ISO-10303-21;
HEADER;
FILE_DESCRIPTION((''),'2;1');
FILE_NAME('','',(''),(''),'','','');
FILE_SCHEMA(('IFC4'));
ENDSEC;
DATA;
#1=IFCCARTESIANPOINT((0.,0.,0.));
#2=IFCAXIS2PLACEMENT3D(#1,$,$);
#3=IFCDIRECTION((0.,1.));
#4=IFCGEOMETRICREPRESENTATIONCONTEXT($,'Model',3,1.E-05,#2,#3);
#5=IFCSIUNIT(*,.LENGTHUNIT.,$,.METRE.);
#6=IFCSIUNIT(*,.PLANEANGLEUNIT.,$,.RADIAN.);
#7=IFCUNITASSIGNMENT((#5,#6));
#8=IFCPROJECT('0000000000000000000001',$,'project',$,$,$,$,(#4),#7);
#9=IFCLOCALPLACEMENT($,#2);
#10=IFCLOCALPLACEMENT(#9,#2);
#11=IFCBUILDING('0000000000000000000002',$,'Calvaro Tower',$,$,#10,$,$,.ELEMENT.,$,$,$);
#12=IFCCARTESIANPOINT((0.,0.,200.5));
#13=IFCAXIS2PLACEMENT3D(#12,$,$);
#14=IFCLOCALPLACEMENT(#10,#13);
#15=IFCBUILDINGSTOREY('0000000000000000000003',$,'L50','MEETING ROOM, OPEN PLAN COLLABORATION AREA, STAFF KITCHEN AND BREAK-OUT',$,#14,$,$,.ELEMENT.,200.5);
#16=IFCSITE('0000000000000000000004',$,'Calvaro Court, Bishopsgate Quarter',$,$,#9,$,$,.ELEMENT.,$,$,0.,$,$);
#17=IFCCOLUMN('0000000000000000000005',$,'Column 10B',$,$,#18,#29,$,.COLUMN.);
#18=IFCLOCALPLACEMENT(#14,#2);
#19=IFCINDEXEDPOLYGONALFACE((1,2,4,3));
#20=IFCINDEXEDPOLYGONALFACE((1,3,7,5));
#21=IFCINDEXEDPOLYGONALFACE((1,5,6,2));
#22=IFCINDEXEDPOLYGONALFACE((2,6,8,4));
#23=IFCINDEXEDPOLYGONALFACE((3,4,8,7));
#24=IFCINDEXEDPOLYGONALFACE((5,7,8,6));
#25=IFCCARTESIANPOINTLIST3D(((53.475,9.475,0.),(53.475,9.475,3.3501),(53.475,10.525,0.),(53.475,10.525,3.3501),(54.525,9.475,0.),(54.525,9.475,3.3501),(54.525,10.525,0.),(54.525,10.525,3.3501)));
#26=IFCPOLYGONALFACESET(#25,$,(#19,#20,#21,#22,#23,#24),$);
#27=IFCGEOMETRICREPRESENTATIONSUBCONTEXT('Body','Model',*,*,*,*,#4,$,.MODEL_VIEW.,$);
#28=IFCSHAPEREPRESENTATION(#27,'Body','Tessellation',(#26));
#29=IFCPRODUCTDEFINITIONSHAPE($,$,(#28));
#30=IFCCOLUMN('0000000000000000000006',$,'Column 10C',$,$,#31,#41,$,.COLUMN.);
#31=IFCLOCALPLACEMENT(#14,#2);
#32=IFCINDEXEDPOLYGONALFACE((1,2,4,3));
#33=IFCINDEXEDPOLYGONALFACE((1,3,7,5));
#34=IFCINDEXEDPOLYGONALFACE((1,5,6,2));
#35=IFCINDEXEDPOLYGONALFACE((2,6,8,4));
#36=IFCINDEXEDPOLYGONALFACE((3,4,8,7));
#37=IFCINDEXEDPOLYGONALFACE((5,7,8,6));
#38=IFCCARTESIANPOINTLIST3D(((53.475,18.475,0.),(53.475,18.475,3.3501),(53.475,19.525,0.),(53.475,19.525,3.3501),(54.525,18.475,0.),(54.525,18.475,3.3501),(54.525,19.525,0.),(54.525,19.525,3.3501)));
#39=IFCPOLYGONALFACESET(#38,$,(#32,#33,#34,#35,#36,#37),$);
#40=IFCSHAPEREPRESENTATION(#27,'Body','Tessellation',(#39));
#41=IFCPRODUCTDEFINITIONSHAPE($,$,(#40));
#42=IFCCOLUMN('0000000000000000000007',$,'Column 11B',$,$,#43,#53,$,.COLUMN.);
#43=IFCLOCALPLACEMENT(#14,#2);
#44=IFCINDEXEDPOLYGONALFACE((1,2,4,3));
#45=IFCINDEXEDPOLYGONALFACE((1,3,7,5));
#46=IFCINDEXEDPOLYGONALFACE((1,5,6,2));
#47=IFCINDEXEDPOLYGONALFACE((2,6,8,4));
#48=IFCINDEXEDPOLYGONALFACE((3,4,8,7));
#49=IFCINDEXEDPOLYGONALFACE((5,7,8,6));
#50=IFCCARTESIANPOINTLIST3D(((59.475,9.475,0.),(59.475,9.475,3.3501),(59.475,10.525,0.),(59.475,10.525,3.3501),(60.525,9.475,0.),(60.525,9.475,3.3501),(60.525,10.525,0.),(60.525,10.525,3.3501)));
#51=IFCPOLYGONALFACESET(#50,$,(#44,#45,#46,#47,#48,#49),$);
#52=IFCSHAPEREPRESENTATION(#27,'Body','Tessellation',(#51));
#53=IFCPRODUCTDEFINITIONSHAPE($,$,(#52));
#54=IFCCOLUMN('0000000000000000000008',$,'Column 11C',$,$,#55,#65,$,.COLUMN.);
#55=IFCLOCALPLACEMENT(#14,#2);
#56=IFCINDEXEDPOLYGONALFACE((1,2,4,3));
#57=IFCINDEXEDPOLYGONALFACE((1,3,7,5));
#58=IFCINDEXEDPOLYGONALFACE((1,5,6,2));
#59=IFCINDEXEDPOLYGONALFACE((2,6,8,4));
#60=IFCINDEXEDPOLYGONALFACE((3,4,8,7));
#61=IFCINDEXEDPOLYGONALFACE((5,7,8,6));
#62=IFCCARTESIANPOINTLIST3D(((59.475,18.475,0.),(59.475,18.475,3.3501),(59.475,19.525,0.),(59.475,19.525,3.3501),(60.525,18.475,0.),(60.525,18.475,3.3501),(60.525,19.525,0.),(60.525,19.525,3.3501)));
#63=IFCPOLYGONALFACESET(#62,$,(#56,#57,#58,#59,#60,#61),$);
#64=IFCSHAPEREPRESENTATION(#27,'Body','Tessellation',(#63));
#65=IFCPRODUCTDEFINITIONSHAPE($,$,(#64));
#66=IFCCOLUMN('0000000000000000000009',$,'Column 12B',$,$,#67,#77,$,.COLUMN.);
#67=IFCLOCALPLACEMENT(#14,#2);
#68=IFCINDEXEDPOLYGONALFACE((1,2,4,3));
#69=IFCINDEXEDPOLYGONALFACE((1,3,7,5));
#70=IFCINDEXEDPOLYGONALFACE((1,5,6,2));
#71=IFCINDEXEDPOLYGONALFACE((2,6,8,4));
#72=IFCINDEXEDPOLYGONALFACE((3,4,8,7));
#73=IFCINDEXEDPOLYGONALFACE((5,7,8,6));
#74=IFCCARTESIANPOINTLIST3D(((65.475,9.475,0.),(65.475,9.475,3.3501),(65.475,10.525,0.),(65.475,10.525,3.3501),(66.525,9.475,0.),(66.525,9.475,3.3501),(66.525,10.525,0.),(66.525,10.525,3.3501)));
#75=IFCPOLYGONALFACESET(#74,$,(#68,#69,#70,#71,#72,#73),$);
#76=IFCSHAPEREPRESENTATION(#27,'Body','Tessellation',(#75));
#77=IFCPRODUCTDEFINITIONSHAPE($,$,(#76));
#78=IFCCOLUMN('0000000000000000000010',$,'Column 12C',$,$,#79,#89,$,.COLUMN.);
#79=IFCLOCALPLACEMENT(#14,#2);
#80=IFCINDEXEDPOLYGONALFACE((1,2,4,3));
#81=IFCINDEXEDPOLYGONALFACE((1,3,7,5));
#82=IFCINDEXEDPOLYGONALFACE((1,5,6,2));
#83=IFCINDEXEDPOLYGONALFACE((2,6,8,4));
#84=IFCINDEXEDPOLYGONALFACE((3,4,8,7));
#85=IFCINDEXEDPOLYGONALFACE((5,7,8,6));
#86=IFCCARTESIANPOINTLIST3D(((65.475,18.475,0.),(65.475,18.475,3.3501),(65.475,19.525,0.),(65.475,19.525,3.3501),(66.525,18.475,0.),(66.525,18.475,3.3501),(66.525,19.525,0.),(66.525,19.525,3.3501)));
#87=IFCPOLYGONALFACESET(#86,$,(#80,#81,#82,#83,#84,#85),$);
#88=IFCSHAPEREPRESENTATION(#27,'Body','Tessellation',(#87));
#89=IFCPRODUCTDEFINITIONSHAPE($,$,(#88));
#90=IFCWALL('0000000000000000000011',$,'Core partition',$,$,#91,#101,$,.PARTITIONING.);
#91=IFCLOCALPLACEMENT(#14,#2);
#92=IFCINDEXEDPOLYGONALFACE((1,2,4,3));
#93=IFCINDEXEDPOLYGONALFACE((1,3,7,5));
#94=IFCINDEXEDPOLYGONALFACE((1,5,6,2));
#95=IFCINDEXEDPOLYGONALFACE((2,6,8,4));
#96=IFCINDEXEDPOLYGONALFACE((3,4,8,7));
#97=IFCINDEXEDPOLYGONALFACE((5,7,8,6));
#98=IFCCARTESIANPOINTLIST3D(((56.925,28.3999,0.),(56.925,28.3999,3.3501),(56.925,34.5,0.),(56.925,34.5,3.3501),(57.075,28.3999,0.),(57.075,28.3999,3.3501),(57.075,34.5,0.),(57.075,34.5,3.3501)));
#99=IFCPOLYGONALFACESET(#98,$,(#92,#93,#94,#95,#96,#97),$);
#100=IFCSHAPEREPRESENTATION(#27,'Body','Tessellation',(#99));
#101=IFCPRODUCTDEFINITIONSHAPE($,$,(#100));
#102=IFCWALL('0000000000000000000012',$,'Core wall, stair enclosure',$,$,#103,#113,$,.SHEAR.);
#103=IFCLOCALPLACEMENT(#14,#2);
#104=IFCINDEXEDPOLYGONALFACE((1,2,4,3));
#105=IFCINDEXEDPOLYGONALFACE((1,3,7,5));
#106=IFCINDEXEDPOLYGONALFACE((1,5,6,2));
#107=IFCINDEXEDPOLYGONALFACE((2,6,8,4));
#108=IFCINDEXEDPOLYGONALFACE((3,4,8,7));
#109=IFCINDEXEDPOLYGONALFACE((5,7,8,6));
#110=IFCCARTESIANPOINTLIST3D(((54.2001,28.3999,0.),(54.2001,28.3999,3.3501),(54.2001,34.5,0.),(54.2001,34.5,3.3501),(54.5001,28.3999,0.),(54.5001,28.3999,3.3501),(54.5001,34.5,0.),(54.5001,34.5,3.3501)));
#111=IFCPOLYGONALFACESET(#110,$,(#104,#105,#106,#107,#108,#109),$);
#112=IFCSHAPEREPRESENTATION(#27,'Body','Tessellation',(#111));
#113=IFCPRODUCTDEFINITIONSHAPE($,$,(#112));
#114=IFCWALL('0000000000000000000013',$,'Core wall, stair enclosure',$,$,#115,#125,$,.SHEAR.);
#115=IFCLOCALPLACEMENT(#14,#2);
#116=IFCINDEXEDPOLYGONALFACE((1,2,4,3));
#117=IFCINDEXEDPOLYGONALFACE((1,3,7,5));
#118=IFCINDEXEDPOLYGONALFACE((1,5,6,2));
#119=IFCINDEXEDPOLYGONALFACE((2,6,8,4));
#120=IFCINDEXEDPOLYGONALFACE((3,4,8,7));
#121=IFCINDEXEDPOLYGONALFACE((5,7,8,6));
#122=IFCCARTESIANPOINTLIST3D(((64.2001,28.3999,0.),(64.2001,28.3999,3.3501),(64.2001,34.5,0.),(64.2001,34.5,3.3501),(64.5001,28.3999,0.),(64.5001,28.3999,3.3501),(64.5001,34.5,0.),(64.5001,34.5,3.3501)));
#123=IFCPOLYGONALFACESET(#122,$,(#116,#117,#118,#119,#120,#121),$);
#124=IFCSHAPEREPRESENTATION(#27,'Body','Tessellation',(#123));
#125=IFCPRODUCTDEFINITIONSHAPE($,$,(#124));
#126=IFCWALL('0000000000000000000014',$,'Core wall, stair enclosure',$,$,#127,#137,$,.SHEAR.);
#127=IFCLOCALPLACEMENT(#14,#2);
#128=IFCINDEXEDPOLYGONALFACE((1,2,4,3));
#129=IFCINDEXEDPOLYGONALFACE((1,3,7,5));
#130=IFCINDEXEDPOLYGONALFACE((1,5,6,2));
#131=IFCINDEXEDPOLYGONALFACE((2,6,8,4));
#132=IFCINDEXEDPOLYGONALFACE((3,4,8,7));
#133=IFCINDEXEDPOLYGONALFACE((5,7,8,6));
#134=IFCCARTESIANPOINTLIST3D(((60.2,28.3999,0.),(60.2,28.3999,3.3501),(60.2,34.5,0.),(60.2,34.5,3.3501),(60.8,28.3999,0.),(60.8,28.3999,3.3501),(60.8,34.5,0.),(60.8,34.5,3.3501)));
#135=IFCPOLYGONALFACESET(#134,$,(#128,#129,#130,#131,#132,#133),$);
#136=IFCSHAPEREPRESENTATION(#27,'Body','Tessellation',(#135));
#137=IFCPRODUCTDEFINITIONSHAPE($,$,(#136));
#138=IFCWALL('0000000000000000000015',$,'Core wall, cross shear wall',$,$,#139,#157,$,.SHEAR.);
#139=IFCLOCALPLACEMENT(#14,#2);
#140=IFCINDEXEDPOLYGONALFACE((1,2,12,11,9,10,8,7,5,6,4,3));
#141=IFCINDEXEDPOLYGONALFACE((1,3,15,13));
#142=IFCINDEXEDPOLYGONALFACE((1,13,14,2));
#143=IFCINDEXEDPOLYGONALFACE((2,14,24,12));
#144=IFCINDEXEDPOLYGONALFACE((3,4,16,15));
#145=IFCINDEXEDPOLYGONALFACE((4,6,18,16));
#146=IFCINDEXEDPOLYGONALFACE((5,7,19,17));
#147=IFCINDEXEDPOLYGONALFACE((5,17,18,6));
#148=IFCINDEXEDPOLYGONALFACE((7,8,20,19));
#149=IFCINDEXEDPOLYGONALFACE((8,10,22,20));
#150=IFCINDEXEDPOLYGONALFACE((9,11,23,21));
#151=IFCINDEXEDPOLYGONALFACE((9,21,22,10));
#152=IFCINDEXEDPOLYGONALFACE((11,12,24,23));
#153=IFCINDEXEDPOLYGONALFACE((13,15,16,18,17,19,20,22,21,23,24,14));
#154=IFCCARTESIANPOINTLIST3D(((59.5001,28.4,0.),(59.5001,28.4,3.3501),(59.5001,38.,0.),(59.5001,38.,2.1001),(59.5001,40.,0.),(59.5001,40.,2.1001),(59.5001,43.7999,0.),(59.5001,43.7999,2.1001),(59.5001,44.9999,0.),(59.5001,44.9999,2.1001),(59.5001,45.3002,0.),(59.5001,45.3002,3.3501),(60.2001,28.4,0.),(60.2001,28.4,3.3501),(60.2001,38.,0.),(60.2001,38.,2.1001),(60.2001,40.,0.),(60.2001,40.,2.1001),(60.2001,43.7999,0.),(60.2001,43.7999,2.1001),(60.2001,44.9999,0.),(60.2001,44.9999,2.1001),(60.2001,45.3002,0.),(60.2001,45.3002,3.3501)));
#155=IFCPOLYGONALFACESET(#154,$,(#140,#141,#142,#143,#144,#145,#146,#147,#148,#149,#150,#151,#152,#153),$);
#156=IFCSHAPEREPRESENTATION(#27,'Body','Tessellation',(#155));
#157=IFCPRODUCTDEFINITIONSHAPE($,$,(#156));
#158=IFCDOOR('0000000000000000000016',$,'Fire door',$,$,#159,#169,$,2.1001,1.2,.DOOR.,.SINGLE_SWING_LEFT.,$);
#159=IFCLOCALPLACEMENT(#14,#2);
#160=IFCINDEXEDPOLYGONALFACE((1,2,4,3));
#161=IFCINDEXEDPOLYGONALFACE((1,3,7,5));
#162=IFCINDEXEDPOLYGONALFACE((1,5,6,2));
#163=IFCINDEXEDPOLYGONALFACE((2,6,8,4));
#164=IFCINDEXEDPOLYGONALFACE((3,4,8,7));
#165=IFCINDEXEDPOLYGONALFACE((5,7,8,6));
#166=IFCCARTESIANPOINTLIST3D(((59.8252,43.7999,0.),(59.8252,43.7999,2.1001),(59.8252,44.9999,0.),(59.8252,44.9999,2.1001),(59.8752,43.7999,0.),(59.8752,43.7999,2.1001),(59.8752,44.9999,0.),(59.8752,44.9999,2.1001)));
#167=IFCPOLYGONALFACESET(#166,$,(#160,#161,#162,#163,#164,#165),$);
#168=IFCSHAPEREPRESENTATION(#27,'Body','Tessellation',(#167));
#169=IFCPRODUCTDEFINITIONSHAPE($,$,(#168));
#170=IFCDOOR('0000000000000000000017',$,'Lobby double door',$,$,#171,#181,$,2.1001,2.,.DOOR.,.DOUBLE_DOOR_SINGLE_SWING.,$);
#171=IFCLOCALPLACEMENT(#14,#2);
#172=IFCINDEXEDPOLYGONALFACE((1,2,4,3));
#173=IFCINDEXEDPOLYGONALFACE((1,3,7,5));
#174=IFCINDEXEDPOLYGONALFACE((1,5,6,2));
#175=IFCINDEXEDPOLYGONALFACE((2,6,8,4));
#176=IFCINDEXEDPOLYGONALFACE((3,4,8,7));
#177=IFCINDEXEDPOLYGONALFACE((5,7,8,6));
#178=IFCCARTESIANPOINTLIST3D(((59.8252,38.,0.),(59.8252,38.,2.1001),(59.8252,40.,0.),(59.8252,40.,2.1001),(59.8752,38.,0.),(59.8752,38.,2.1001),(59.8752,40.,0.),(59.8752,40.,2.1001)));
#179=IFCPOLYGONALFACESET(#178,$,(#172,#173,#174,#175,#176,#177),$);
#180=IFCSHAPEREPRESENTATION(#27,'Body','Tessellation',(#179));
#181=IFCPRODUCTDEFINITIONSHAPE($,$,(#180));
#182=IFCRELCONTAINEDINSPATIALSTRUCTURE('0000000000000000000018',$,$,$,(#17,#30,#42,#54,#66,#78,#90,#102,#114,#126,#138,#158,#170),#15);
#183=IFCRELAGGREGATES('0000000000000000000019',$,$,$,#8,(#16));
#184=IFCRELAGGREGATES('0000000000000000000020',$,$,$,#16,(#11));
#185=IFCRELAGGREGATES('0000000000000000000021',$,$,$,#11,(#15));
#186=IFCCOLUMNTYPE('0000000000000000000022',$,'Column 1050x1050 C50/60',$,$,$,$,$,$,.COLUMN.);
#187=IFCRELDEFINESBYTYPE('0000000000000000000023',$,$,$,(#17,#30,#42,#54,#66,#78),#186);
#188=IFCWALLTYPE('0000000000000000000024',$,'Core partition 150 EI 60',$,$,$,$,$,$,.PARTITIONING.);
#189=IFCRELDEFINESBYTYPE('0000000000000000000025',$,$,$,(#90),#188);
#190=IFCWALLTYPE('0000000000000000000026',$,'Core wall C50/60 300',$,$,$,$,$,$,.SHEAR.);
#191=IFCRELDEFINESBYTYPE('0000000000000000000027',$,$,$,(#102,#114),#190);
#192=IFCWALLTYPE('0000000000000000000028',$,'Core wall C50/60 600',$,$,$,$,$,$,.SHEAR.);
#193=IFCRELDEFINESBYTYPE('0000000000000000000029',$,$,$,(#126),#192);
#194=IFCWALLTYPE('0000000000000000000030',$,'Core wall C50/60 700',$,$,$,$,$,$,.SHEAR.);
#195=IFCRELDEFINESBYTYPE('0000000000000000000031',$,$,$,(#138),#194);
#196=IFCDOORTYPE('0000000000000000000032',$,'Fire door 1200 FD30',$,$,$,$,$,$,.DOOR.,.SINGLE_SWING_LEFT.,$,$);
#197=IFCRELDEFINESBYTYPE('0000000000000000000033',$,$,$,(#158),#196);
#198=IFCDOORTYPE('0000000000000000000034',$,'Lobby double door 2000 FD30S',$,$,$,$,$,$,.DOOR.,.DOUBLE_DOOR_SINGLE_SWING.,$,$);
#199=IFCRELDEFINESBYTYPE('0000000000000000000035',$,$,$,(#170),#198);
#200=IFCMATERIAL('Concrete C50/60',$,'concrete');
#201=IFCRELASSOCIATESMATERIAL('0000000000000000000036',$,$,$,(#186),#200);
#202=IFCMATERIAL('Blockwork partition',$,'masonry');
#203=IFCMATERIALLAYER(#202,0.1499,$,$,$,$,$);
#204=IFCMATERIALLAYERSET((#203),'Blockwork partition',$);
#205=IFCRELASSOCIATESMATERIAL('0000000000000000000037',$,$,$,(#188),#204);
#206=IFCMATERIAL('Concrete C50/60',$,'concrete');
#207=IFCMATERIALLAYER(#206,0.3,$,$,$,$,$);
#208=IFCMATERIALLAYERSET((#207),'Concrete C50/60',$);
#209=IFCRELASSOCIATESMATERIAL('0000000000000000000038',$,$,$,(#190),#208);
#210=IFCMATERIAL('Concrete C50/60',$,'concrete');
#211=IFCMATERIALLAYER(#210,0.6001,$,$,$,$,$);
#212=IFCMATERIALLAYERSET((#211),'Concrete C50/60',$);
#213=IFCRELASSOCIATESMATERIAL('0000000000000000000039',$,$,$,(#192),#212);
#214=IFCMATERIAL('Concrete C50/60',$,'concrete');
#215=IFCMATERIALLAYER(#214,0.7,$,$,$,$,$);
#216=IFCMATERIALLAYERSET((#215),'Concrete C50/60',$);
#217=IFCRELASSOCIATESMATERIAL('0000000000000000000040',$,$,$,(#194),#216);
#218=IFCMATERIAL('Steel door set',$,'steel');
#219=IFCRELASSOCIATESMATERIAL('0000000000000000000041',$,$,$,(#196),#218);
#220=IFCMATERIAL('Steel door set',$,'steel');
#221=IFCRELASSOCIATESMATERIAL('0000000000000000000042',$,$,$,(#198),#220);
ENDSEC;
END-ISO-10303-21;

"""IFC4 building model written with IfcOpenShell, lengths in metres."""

from ifc_helpers import new_model, si_unit, direction, frame, frame_2d, origin, origin_2d, place, context, subcontext, project, spatial, rectangle, extrude, material, layer, layer_set, material_profile, profile_set, type_object, element, fill, save


model = new_model("IFC4")

# Units and contexts
model_context = context("Model", 3, precision=1e-05, world=origin(), true_north=direction((0.0, 1.0)))
body_context = subcontext(model_context, "Body", "Model", "MODEL_VIEW")
ifc_project = project(units=[si_unit("LENGTHUNIT", "METRE"), si_unit("PLANEANGLEUNIT", "RADIAN")], contexts=[model_context])

# Site, building, storey
site_placement = place(None, origin())
site = spatial("IfcSite", under=ifc_project, at=site_placement, Name="Calvaro Court, Bishopsgate Quarter", CompositionType="ELEMENT", RefElevation=0.0)
building_placement = place(site_placement, origin())
building = spatial("IfcBuilding", under=site, at=building_placement, Name="Calvaro Tower", CompositionType="ELEMENT")
storey_placement = place(building_placement, frame((0.0, 0.0, 200.5)))
storey = spatial("IfcBuildingStorey", under=building, at=storey_placement, Name="L50", Description="MEETING ROOM, OPEN PLAN COLLABORATION AREA, STAFF KITCHEN AND BREAK-OUT", CompositionType="ELEMENT", Elevation=200.5)

# Columns
ifc_material_1 = material(Name="Concrete C50/60", Category="concrete")
ifc_material_profile = material_profile(ifc_material_1, rectangle(XDim=1.05, YDim=1.05, at=origin_2d()), Name="RC 1050x1050")
ifc_profile_set = profile_set([ifc_material_profile], Name="Concrete C50/60")
column_type = type_object("IfcColumnType", Name="Column 1050x1050 C50/60", PredefinedType="COLUMN", material=ifc_profile_set)
for number, where, z_axis, x_axis, name in (
    (1, (54.0, 10.0, 0.0), (0.0, 0.0, 1.0), (1.0, 0.0, 0.0), "Column 10B"),
    (2, (54.0, 19.0, 0.0), (0.0, 0.0, 1.0), (1.0, 0.0, 0.0), "Column 10C"),
    (3, (60.0, 10.0, 0.0), (0.0, 0.0, 1.0), (1.0, 0.0, 0.0), "Column 11B"),
    (4, (60.0, 19.0, 0.0), (0.0, 0.0, 1.0), (1.0, 0.0, 0.0), "Column 11C"),
    (5, (66.0, 10.0, 0.0), (0.0, 0.0, 1.0), (1.0, 0.0, 0.0), "Column 12B"),
    (6, (66.0, 19.0, 0.0), (0.0, 0.0, 1.0), (1.0, 0.0, 0.0), "Column 12C"),
):
    element("IfcColumn", number, at=place(storey_placement, frame(where, z_axis=z_axis, x_axis=x_axis)), inside=storey, type_object=column_type, Name=name, PredefinedType="COLUMN", context=body_context, shape_type="SweptSolid", body=[
        extrude(rectangle(XDim=1.05, YDim=1.05, at=origin_2d()), origin(), (0.0, 0.0, 1.0), 3.3501),
    ])

# Walls
ifc_material_2 = material(Name="Blockwork partition", Category="masonry")
ifc_layer_1 = layer(ifc_material_2, 0.1499)
ifc_layer_set_1 = layer_set([ifc_layer_1], Name="Blockwork partition")
wall_type_1 = type_object("IfcWallType", Name="Core partition 150 EI 60", PredefinedType="PARTITIONING", material=ifc_layer_set_1)
wall_1_placement = place(storey_placement, frame((57.0, 28.3999, 0.0), z_axis=(0.0, 0.0, 1.0), x_axis=(0.0, 1.0, 0.0)))
element("IfcWall", 7, at=wall_1_placement, inside=storey, type_object=wall_type_1, Name="Core partition", PredefinedType="PARTITIONING", context=body_context, shape_type="SweptSolid", body=[
    extrude(rectangle(XDim=6.1001, YDim=0.1499, at=frame_2d((3.05, 0.0))), origin(), (0.0, 0.0, 1.0), 3.3501),
])
ifc_material_3 = material(Name="Concrete C50/60", Category="concrete")
ifc_layer_2 = layer(ifc_material_3, 0.3)
ifc_layer_set_2 = layer_set([ifc_layer_2], Name="Concrete C50/60")
wall_type_2 = type_object("IfcWallType", Name="Core wall C50/60 300", PredefinedType="SHEAR", material=ifc_layer_set_2)
for number, where, z_axis, x_axis, name in (
    (8, (54.3501, 28.3999, 0.0), (0.0, 0.0, 1.0), (0.0, 1.0, 0.0), "Core wall, stair enclosure"),
    (9, (64.3501, 28.3999, 0.0), (0.0, 0.0, 1.0), (0.0, 1.0, 0.0), "Core wall, stair enclosure"),
):
    element("IfcWall", number, at=place(storey_placement, frame(where, z_axis=z_axis, x_axis=x_axis)), inside=storey, type_object=wall_type_2, Name=name, PredefinedType="SHEAR", context=body_context, shape_type="SweptSolid", body=[
        extrude(rectangle(XDim=6.1001, YDim=0.3, at=frame_2d((3.05, 0.0))), origin(), (0.0, 0.0, 1.0), 3.3501),
    ])
ifc_material_4 = material(Name="Concrete C50/60", Category="concrete")
ifc_layer_3 = layer(ifc_material_4, 0.6001)
ifc_layer_set_3 = layer_set([ifc_layer_3], Name="Concrete C50/60")
wall_type_3 = type_object("IfcWallType", Name="Core wall C50/60 600", PredefinedType="SHEAR", material=ifc_layer_set_3)
wall_2_placement = place(storey_placement, frame((60.5, 28.3999, 0.0), z_axis=(0.0, 0.0, 1.0), x_axis=(0.0, 1.0, 0.0)))
element("IfcWall", 10, at=wall_2_placement, inside=storey, type_object=wall_type_3, Name="Core wall, stair enclosure", PredefinedType="SHEAR", context=body_context, shape_type="SweptSolid", body=[
    extrude(rectangle(XDim=6.1001, YDim=0.6001, at=frame_2d((3.05, 0.0))), origin(), (0.0, 0.0, 1.0), 3.3501),
])

# Wall, openings, doors
ifc_material_5 = material(Name="Concrete C50/60", Category="concrete")
ifc_layer_4 = layer(ifc_material_5, 0.7)
ifc_layer_set_4 = layer_set([ifc_layer_4], Name="Concrete C50/60")
wall_type_4 = type_object("IfcWallType", Name="Core wall C50/60 700", PredefinedType="SHEAR", material=ifc_layer_set_4)
wall_3_placement = place(storey_placement, frame((59.8501, 28.3999, 0.0), z_axis=(0.0, 0.0, 1.0), x_axis=(0.0, 1.0, 0.0)))
wall_3 = element("IfcWall", 11, at=wall_3_placement, inside=storey, type_object=wall_type_4, Name="Core wall, cross shear wall", PredefinedType="SHEAR", context=body_context, shape_type="SweptSolid", body=[
    extrude(rectangle(XDim=16.9001, YDim=0.7, at=frame_2d((8.4502, 0.0))), origin(), (0.0, 0.0, 1.0), 3.3501),
])
opening_1_placement = place(wall_3_placement, frame((9.6001, 0.0, 0.0)))
opening_1 = element("IfcOpeningElement", 12, at=opening_1_placement, cuts=wall_3, PredefinedType="OPENING", context=body_context, shape_type="SweptSolid", body=[
    extrude(rectangle(XDim=2.0, YDim=2.1001, at=frame_2d((1.0, 1.05))), frame((0.0, 0.3599, 0.0), z_axis=(0.0, -1.0, 0.0), x_axis=(1.0, 0.0, 0.0)), (0.0, 0.0, 1.0), 0.72),
])
opening_2_placement = place(wall_3_placement, frame((15.3999, 0.0, 0.0)))
opening_2 = element("IfcOpeningElement", 13, at=opening_2_placement, cuts=wall_3, PredefinedType="OPENING", context=body_context, shape_type="SweptSolid", body=[
    extrude(rectangle(XDim=1.2, YDim=2.1001, at=frame_2d((0.6001, 1.05))), frame((0.0, 0.3599, 0.0), z_axis=(0.0, -1.0, 0.0), x_axis=(1.0, 0.0, 0.0)), (0.0, 0.0, 1.0), 0.72),
])
ifc_material_6 = material(Name="Steel door set", Category="steel")
door_type_1 = type_object("IfcDoorType", Name="Fire door 1200 FD30", OperationType="SINGLE_SWING_LEFT", PredefinedType="DOOR", material=ifc_material_6)
door_1_placement = place(opening_2_placement, origin())
door_1 = element("IfcDoor", 14, at=door_1_placement, inside=storey, type_object=door_type_1, Name="Fire door", OperationType="SINGLE_SWING_LEFT", OverallHeight=2.1001, OverallWidth=1.2, PredefinedType="DOOR", context=body_context, shape_type="SweptSolid", body=[
    extrude(rectangle(XDim=1.2, YDim=2.1001, at=frame_2d((0.6001, 1.05))), frame((0.0, 0.0249, 0.0), z_axis=(0.0, -1.0, 0.0), x_axis=(1.0, 0.0, 0.0)), (0.0, 0.0, 1.0), 0.05),
])
fill(opening_2, door_1)
ifc_material_7 = material(Name="Steel door set", Category="steel")
door_type_2 = type_object("IfcDoorType", Name="Lobby double door 2000 FD30S", OperationType="DOUBLE_DOOR_SINGLE_SWING", PredefinedType="DOOR", material=ifc_material_7)
door_2_placement = place(opening_1_placement, origin())
door_2 = element("IfcDoor", 15, at=door_2_placement, inside=storey, type_object=door_type_2, Name="Lobby double door", OperationType="DOUBLE_DOOR_SINGLE_SWING", OverallHeight=2.1001, OverallWidth=2.0, PredefinedType="DOOR", context=body_context, shape_type="SweptSolid", body=[
    extrude(rectangle(XDim=2.0, YDim=2.1001, at=frame_2d((1.0, 1.05))), frame((0.0, 0.0249, 0.0), z_axis=(0.0, -1.0, 0.0), x_axis=(1.0, 0.0, 0.0)), (0.0, 0.0, 1.0), 0.05),
])
fill(opening_1, door_2)

save(model, "model.ifc")
